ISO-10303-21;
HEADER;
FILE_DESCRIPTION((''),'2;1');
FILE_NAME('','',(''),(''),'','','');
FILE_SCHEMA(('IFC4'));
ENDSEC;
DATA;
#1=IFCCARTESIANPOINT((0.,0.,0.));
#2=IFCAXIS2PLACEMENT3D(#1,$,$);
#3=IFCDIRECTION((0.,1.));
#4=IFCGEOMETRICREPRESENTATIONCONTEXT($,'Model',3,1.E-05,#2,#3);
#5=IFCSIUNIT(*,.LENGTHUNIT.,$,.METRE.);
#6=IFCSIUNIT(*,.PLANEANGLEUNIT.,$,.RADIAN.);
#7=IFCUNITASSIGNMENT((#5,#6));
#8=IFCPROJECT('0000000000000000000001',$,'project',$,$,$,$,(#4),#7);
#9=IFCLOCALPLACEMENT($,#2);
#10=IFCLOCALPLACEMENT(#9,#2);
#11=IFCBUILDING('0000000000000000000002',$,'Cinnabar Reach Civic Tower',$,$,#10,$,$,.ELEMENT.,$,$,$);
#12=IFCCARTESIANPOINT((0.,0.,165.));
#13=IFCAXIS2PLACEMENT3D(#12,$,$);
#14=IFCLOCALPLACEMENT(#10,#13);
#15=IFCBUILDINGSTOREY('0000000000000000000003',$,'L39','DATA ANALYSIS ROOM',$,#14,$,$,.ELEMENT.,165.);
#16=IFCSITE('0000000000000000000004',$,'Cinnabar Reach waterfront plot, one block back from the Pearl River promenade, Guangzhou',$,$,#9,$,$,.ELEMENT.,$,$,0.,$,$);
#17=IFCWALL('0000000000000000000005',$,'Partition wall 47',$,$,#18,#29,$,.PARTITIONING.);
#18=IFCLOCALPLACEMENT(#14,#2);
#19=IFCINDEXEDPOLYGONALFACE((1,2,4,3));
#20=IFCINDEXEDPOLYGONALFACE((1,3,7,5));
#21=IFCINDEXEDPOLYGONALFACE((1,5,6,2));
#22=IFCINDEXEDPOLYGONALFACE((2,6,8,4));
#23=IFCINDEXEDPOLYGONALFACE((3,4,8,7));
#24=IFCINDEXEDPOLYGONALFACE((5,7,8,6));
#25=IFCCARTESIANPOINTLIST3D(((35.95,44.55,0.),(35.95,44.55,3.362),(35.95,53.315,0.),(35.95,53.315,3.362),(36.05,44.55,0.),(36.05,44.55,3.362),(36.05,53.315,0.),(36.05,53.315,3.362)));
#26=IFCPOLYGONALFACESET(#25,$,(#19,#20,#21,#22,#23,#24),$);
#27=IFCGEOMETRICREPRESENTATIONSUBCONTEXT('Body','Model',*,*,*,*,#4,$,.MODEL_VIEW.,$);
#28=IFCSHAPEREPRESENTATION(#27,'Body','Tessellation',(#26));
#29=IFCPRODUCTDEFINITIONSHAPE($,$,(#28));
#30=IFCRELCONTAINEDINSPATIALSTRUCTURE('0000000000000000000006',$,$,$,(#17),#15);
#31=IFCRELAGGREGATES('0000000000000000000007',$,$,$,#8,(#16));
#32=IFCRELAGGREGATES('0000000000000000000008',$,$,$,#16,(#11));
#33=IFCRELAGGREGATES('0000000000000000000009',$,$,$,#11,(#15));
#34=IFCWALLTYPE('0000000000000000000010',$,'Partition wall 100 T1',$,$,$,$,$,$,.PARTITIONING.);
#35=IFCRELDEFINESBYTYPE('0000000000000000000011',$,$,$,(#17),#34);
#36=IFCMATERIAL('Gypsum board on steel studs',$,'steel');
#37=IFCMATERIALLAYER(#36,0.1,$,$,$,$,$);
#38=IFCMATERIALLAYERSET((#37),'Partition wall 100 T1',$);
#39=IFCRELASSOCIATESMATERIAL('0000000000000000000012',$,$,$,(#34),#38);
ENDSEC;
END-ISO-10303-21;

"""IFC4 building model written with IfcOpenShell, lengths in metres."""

from ifc_helpers import new_model, si_unit, direction, frame, frame_2d, origin, place, context, subcontext, project, spatial, rectangle, extrude, material, layer, layer_set, type_object, element, save


model = new_model("IFC4")

# Units and contexts
model_context = context("Model", 3, precision=1e-05, world=origin(), true_north=direction((0.0, 1.0)))
body_context = subcontext(model_context, "Body", "Model", "MODEL_VIEW")
ifc_project = project(units=[si_unit("LENGTHUNIT", "METRE"), si_unit("PLANEANGLEUNIT", "RADIAN")], contexts=[model_context])

# Site, building, storey
site_placement = place(None, origin())
site = spatial("IfcSite", under=ifc_project, at=site_placement, Name="Cinnabar Reach waterfront plot, one block back from the Pearl River promenade, Guangzhou", CompositionType="ELEMENT", RefElevation=0.0)
building_placement = place(site_placement, origin())
building = spatial("IfcBuilding", under=site, at=building_placement, Name="Cinnabar Reach Civic Tower", CompositionType="ELEMENT")
storey_placement = place(building_placement, frame((0.0, 0.0, 165.0)))
storey = spatial("IfcBuildingStorey", under=building, at=storey_placement, Name="L39", Description="DATA ANALYSIS ROOM", CompositionType="ELEMENT", Elevation=165.0)

# Wall
ifc_material_1 = material(Name="Gypsum board on steel studs", Category="steel")
ifc_layer_1 = layer(ifc_material_1, 0.1)
ifc_layer_set_1 = layer_set([ifc_layer_1], Name="Partition wall 100 T1")
wall_type_1 = type_object("IfcWallType", Name="Partition wall 100 T1", PredefinedType="PARTITIONING", material=ifc_layer_set_1)
wall_1_placement = place(storey_placement, frame((36.0, 44.55, 0.0), z_axis=(0.0, 0.0, 1.0), x_axis=(0.0, 1.0, 0.0)))
element("IfcWall", 1, at=wall_1_placement, inside=storey, type_object=wall_type_1, Name="Partition wall 47", PredefinedType="PARTITIONING", context=body_context, shape_type="SweptSolid", body=[
    extrude(rectangle(XDim=8.765, YDim=0.1, at=frame_2d((4.3825, 0.0))), origin(), (0.0, 0.0, 1.0), 3.362),
])

save(model, "model.ifc")
